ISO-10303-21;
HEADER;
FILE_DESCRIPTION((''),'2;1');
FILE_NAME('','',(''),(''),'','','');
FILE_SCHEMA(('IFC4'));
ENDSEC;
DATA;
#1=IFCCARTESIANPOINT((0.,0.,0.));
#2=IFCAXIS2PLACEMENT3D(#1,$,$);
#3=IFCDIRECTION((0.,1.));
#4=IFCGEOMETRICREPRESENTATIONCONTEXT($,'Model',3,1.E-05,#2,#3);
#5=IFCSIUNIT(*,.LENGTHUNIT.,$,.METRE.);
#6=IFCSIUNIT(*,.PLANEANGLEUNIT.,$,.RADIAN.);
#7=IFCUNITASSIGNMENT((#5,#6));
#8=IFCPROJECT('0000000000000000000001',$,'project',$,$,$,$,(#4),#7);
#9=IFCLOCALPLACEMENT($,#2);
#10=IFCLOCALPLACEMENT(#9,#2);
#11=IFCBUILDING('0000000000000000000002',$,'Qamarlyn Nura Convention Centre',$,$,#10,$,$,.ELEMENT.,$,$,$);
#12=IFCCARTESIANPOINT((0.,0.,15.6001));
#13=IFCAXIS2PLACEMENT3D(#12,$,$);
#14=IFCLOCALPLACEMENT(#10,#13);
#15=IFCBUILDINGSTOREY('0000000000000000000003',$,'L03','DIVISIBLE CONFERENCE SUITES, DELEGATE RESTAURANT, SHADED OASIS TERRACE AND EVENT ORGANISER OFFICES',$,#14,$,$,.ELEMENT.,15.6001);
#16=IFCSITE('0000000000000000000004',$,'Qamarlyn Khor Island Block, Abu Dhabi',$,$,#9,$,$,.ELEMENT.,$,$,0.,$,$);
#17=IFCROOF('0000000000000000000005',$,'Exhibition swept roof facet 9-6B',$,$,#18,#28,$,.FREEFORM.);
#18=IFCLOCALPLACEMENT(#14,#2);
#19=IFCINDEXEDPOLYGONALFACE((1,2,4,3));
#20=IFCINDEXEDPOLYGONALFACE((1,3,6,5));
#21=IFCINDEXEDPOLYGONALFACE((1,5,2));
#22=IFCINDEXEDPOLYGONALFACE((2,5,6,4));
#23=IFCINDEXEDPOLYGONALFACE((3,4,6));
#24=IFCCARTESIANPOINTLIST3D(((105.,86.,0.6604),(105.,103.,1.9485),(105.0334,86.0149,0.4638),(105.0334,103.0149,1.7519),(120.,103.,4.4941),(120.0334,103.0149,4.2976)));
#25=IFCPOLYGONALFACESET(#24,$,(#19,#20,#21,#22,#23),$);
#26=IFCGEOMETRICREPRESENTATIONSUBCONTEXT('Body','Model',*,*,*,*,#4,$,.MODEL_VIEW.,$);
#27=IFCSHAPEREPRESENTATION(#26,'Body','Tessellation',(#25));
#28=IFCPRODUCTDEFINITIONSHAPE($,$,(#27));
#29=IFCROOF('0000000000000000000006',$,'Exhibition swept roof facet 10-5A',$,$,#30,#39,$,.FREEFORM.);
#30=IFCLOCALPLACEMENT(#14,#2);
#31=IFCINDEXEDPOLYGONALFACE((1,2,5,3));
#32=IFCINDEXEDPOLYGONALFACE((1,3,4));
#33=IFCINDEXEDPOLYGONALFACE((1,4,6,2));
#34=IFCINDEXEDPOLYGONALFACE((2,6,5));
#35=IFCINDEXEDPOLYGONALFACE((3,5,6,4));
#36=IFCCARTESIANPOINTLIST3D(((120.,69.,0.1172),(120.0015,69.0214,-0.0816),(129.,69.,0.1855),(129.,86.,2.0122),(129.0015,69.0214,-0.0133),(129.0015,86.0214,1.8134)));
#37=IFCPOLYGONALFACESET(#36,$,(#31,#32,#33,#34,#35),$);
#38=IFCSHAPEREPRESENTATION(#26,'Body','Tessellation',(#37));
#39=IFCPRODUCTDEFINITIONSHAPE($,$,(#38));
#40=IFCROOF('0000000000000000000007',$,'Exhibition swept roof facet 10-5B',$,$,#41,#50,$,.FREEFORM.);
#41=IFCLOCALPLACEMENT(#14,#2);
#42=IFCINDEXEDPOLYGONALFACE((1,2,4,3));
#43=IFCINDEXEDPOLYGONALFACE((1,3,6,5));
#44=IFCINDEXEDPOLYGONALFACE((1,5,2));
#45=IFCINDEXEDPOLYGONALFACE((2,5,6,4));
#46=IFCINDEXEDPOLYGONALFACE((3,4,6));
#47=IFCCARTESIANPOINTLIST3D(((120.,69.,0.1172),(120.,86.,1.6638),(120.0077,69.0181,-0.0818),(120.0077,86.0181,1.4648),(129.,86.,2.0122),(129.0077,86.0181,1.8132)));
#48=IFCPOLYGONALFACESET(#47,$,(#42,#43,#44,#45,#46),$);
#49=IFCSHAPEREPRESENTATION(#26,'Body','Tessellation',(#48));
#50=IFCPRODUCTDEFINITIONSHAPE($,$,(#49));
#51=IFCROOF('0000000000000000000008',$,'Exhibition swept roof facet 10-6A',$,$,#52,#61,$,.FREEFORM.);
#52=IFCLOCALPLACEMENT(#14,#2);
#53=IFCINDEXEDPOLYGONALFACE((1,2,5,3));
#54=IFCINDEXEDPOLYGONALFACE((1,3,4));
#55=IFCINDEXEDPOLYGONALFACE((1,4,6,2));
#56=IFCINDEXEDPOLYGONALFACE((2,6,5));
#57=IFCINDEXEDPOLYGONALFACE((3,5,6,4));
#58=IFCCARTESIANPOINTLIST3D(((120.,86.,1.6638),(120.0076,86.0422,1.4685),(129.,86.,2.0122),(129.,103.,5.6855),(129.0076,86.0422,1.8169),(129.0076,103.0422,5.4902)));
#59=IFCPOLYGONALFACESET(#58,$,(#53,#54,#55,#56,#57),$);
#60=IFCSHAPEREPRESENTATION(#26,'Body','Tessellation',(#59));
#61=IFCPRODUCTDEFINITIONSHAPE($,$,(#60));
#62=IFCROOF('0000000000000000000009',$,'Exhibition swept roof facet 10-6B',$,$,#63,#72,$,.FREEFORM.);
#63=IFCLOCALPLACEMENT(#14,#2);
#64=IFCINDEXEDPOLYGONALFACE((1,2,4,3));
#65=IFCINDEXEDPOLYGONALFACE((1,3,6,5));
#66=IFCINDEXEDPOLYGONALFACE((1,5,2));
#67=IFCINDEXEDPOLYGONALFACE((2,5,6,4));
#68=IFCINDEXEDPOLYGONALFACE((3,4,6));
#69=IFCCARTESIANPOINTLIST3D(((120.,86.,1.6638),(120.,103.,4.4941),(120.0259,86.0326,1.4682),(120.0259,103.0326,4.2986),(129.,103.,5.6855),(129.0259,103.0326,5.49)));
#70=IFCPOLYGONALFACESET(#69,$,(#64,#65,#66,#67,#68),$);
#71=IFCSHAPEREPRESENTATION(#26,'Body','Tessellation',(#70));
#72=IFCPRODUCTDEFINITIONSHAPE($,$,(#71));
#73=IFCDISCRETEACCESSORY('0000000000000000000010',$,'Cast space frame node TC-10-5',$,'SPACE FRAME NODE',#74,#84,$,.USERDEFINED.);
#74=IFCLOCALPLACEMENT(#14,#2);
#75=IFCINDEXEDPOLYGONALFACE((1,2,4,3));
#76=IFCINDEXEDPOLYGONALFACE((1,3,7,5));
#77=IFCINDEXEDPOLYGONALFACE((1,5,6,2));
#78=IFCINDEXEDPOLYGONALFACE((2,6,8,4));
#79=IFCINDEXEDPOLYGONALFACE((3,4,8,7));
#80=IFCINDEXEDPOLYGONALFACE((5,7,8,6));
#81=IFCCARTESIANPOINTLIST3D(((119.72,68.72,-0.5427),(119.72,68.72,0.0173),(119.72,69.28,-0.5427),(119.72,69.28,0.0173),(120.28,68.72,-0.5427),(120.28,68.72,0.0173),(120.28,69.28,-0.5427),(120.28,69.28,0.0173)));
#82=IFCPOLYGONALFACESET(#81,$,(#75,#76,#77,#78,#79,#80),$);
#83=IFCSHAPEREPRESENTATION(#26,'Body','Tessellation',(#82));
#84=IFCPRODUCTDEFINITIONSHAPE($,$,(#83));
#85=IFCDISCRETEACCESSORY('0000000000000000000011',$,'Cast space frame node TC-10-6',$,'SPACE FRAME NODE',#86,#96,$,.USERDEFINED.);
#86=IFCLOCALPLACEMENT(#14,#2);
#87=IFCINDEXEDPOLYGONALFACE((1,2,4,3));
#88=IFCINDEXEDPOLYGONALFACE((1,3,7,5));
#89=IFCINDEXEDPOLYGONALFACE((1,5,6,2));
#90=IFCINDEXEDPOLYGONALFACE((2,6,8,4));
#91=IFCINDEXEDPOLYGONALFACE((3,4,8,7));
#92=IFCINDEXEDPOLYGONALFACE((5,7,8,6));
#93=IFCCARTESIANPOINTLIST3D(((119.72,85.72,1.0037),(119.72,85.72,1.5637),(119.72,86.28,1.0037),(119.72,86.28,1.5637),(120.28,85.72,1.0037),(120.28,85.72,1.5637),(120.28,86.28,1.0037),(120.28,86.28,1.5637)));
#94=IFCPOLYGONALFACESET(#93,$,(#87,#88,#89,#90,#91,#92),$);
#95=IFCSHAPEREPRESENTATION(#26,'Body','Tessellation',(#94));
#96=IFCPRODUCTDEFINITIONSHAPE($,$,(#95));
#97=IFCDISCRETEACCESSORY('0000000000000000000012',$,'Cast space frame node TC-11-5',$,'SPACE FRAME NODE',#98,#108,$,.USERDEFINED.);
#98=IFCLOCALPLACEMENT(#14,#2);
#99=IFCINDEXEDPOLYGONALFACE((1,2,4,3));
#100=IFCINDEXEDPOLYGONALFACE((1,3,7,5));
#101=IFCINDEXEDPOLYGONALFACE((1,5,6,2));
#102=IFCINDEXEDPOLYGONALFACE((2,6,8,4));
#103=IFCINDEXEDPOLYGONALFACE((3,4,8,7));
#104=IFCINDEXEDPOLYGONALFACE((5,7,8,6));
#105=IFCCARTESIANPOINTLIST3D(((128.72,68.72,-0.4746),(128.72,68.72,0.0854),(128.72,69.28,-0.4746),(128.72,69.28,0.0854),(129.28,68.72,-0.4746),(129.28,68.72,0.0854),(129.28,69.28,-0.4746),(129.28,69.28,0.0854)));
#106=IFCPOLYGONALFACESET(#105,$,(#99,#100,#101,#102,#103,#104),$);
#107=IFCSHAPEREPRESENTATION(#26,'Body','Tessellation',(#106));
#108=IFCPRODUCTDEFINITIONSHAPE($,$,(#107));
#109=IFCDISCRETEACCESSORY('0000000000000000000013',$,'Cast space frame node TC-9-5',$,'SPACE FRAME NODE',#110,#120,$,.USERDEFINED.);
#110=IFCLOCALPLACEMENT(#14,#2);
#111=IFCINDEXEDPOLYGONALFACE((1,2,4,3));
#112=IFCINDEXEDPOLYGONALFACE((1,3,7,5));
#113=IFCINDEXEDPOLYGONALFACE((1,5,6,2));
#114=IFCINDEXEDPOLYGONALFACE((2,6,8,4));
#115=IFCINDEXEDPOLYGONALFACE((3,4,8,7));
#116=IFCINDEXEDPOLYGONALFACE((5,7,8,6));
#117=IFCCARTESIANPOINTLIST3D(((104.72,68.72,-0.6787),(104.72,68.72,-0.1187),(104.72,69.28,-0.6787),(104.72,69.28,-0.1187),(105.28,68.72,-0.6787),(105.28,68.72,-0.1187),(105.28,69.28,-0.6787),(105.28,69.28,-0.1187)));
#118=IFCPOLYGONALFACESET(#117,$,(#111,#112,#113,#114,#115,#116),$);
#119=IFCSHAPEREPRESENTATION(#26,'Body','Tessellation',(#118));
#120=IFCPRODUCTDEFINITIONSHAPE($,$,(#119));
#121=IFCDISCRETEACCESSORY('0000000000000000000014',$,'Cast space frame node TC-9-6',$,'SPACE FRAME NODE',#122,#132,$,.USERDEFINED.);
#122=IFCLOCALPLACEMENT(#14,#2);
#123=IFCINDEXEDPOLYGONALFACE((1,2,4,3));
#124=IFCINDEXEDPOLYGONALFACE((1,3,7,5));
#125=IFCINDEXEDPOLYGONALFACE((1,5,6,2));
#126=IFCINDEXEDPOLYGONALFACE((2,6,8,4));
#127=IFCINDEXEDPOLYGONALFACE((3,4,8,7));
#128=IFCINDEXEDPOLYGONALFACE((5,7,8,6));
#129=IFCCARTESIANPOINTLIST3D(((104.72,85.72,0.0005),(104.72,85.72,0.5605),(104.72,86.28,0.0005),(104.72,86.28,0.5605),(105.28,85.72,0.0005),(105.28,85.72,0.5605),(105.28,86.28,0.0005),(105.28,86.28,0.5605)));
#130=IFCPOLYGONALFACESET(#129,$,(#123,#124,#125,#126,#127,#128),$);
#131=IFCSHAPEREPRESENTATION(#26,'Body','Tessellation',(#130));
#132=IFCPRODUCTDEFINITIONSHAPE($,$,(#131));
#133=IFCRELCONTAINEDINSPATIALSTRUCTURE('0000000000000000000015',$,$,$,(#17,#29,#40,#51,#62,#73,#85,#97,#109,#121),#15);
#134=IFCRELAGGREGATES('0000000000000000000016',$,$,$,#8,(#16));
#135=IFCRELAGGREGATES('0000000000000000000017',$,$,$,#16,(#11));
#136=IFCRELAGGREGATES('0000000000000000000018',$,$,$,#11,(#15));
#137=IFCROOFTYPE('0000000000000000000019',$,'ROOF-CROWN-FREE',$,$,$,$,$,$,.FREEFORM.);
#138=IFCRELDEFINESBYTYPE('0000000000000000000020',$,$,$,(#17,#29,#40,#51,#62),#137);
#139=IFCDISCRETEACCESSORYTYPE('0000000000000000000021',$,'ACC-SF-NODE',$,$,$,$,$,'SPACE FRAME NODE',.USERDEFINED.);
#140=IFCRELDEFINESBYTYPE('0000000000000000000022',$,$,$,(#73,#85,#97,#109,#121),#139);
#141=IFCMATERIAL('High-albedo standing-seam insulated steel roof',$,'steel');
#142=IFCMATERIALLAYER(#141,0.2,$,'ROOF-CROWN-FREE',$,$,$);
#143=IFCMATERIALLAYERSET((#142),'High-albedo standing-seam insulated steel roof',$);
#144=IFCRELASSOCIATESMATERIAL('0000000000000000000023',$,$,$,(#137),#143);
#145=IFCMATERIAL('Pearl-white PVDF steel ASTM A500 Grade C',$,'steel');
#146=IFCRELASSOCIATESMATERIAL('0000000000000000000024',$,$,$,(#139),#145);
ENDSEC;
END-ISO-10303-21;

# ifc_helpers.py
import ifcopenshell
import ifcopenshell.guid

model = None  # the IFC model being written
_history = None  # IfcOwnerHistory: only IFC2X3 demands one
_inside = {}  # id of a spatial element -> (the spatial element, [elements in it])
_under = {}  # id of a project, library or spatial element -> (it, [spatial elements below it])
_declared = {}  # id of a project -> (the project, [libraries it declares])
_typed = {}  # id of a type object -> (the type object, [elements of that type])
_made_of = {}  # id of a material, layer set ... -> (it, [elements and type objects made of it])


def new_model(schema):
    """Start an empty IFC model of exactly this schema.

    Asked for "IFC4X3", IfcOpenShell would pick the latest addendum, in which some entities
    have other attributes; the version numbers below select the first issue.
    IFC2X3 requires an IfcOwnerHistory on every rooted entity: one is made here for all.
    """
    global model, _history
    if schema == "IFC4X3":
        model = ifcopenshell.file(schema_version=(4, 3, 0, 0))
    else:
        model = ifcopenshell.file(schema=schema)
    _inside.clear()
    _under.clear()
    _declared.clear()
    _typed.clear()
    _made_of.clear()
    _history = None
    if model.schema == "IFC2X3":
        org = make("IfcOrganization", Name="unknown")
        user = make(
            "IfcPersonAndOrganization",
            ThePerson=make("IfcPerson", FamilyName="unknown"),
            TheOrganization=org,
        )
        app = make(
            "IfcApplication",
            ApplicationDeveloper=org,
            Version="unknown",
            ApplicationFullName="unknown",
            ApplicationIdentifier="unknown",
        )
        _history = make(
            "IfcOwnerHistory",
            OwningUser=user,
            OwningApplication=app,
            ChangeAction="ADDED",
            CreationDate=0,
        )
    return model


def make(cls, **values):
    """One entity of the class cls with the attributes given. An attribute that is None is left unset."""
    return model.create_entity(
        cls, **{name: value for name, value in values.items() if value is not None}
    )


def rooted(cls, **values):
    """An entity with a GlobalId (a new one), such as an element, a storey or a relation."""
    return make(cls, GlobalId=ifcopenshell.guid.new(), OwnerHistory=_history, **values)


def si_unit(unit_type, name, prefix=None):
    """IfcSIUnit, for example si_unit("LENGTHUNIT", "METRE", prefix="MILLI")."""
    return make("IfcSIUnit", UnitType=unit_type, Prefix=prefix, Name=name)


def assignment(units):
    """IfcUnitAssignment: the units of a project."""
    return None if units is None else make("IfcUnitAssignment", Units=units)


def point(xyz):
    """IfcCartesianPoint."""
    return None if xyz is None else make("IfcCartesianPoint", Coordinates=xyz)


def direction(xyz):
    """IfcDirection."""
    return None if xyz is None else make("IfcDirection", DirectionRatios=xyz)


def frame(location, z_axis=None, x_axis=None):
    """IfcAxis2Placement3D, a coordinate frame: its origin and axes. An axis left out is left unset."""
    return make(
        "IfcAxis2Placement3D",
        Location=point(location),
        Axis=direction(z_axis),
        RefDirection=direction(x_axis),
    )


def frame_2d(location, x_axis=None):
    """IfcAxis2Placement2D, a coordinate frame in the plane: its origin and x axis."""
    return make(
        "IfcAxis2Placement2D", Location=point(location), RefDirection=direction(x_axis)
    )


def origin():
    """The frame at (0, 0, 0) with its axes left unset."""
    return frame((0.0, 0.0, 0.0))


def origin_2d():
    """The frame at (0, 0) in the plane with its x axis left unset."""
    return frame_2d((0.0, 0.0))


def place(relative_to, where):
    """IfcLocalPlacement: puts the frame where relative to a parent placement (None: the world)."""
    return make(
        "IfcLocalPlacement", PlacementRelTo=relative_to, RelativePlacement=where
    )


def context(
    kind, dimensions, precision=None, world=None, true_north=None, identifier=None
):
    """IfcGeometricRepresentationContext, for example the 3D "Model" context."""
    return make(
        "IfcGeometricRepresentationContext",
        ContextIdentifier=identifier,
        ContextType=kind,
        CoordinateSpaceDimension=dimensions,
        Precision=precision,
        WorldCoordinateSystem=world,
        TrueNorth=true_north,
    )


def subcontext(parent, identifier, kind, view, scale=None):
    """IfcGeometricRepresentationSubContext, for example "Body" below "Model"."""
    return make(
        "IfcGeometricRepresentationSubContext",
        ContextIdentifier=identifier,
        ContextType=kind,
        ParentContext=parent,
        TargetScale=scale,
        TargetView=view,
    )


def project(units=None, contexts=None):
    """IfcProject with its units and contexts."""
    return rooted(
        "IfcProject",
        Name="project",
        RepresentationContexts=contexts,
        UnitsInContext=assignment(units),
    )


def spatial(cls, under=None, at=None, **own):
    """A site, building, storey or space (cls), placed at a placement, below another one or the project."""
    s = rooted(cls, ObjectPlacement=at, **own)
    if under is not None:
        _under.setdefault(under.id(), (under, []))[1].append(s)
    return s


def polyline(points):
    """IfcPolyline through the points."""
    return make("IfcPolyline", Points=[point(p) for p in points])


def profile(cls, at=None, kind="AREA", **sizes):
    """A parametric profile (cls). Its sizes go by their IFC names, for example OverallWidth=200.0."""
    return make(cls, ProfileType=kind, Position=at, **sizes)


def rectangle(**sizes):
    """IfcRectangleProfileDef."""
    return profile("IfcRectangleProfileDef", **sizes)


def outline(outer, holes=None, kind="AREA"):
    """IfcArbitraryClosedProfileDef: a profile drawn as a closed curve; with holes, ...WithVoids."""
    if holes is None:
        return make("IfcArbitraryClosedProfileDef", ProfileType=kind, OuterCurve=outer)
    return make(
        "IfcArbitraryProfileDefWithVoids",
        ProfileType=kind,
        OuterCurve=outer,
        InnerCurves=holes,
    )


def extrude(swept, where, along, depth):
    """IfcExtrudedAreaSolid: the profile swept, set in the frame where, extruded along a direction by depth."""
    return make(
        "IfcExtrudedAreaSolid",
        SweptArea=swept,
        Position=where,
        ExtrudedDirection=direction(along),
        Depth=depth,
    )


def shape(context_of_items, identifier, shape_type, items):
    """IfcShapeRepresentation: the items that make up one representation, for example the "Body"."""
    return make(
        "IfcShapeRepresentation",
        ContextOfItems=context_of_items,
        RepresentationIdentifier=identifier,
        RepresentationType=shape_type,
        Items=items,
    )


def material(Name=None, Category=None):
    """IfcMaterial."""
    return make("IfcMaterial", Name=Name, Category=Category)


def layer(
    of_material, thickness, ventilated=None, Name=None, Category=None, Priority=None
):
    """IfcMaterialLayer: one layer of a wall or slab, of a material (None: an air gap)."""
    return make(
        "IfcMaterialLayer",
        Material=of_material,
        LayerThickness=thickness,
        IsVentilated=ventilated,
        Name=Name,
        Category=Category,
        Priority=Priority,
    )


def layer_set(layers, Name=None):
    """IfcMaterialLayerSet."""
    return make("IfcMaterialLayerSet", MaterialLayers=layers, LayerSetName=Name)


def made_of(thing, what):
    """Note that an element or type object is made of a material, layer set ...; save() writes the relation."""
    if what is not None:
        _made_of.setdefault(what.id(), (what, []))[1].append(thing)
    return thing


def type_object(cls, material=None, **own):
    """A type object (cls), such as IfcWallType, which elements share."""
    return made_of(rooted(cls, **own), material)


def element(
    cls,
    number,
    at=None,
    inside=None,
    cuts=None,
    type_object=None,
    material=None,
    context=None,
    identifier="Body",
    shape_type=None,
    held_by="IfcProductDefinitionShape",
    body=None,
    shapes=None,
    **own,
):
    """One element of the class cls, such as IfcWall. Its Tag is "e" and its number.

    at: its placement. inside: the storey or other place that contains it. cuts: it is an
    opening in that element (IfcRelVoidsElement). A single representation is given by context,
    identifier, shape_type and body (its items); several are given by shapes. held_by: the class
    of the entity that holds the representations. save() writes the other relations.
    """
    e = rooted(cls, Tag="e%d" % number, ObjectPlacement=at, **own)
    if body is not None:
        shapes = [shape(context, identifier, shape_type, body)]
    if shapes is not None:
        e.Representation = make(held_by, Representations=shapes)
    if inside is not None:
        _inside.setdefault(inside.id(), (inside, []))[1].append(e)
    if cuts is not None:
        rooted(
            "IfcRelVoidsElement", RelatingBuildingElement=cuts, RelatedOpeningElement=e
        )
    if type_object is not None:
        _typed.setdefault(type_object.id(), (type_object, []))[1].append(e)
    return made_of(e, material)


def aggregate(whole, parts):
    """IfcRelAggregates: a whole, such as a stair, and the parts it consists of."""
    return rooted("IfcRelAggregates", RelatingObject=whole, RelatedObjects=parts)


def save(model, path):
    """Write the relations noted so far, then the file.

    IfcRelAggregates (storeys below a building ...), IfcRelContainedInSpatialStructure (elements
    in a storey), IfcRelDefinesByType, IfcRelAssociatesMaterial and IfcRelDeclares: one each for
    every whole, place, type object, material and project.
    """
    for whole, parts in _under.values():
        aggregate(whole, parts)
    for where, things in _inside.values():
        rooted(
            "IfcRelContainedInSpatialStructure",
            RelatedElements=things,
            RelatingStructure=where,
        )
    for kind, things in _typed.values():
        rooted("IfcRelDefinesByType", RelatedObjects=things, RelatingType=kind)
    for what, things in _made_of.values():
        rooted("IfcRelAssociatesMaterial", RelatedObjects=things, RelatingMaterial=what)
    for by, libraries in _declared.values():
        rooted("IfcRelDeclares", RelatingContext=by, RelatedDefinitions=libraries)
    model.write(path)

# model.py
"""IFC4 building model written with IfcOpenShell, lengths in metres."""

from ifc_helpers import new_model, si_unit, direction, frame, origin, origin_2d, place, context, subcontext, project, spatial, polyline, rectangle, outline, extrude, material, layer, layer_set, type_object, element, save


model = new_model("IFC4")

# Units and contexts
model_context = context("Model", 3, precision=1e-05, world=origin(), true_north=direction((0.0, 1.0)))
body_context = subcontext(model_context, "Body", "Model", "MODEL_VIEW")
ifc_project = project(units=[si_unit("LENGTHUNIT", "METRE"), si_unit("PLANEANGLEUNIT", "RADIAN")], contexts=[model_context])

# Site, building, storey
site_placement = place(None, origin())
site = spatial("IfcSite", under=ifc_project, at=site_placement, Name="Qamarlyn Khor Island Block, Abu Dhabi", CompositionType="ELEMENT", RefElevation=0.0)
building_placement = place(site_placement, origin())
building = spatial("IfcBuilding", under=site, at=building_placement, Name="Qamarlyn Nura Convention Centre", CompositionType="ELEMENT")
storey_placement = place(building_placement, frame((0.0, 0.0, 15.6001)))
storey = spatial("IfcBuildingStorey", under=building, at=storey_placement, Name="L03", Description="DIVISIBLE CONFERENCE SUITES, DELEGATE RESTAURANT, SHADED OASIS TERRACE AND EVENT ORGANISER OFFICES", CompositionType="ELEMENT", Elevation=15.6001)

# Shared definitions
ifc_material_1 = material(Name="Pearl-white PVDF steel ASTM A500 Grade C", Category="steel")

# Roofs
ifc_material_2 = material(Name="High-albedo standing-seam insulated steel roof", Category="steel")
ifc_layer = layer(ifc_material_2, 0.2, Name="ROOF-CROWN-FREE")
ifc_layer_set = layer_set([ifc_layer], Name="High-albedo standing-seam insulated steel roof")
roof_type = type_object("IfcRoofType", Name="ROOF-CROWN-FREE", PredefinedType="FREEFORM", material=ifc_layer_set)
roof_1_placement = place(storey_placement, frame((105.0, 86.0, 0.6604), z_axis=(-0.166853, -0.074494, 0.983164), x_axis=(0.65236, 0.739342, 0.166732)))
element("IfcRoof", 1, at=roof_1_placement, inside=storey, type_object=roof_type, Name="Exhibition swept roof facet 9-6B", PredefinedType="FREEFORM", context=body_context, shape_type="SweptSolid", body=[
    extrude(outline(polyline([(0.0, 0.0), (22.9934, 0.0), (12.7836, 11.28), (0.0, 0.0)])), origin(), (0.0, 0.0, -1.0), 0.2),
])
roof_2_placement = place(storey_placement, frame((120.0, 69.0, 0.1172), z_axis=(-0.007552, -0.106833, 0.994248), x_axis=(0.999971, 0.0, 0.007595)))
element("IfcRoof", 2, at=roof_2_placement, inside=storey, type_object=roof_type, Name="Exhibition swept roof facet 10-5A", PredefinedType="FREEFORM", context=body_context, shape_type="SweptSolid", body=[
    extrude(outline(polyline([(0.0, 0.0), (9.0003, 0.0), (9.0141, 17.0979), (0.0, 0.0)])), origin(), (0.0, 0.0, -1.0), 0.2),
])
roof_3_placement = place(storey_placement, frame((120.0, 69.0, 0.1172), z_axis=(-0.038522, -0.090537, 0.995148), x_axis=(0.465634, 0.87953, 0.098043)))
element("IfcRoof", 3, at=roof_3_placement, inside=storey, type_object=roof_type, Name="Exhibition swept roof facet 10-5B", PredefinedType="FREEFORM", context=body_context, shape_type="SweptSolid", body=[
    extrude(outline(polyline([(0.0, 0.0), (19.3285, 0.0), (15.1036, 7.9544), (0.0, 0.0)])), origin(), (0.0, 0.0, -1.0), 0.2),
])
roof_4_placement = place(storey_placement, frame((120.0, 86.0, 1.6638), z_axis=(-0.03781, -0.211053, 0.976743), x_axis=(0.999252, 0.0, 0.038681)))
element("IfcRoof", 4, at=roof_4_placement, inside=storey, type_object=roof_type, Name="Exhibition swept roof facet 10-6A", PredefinedType="FREEFORM", context=body_context, shape_type="SweptSolid", body=[
    extrude(outline(polyline([(0.0, 0.0), (9.0067, 0.0), (9.1488, 17.3918), (0.0, 0.0)])), origin(), (0.0, 0.0, -1.0), 0.2),
])
roof_5_placement = place(storey_placement, frame((120.0, 86.0, 1.6638), z_axis=(-0.129482, -0.162846, 0.978118), x_axis=(0.457985, 0.865082, 0.204654)))
element("IfcRoof", 5, at=roof_5_placement, inside=storey, type_object=roof_type, Name="Exhibition swept roof facet 10-6B", PredefinedType="FREEFORM", context=body_context, shape_type="SweptSolid", body=[
    extrude(outline(polyline([(0.0, 0.0), (19.6513, 0.0), (15.2856, 7.9599), (0.0, 0.0)])), origin(), (0.0, 0.0, -1.0), 0.2),
])

# Discrete accessories
discrete_accessory_type = type_object("IfcDiscreteAccessoryType", Name="ACC-SF-NODE", ElementType="SPACE FRAME NODE", PredefinedType="USERDEFINED", material=ifc_material_1)
for number, where, z_axis, x_axis, name in (
    (6, (120.0, 69.0, -0.5427), (0.0, 0.0, 1.0), (1.0, 0.0, 0.0), "Cast space frame node TC-10-5"),
    (7, (120.0, 86.0, 1.0037), (0.0, 0.0, 1.0), (1.0, 0.0, 0.0), "Cast space frame node TC-10-6"),
    (8, (129.0, 69.0, -0.4746), (0.0, 0.0, 1.0), (1.0, 0.0, 0.0), "Cast space frame node TC-11-5"),
    (9, (105.0, 69.0, -0.6787), (0.0, 0.0, 1.0), (1.0, 0.0, 0.0), "Cast space frame node TC-9-5"),
    (10, (105.0, 86.0, 0.0005), (0.0, 0.0, 1.0), (1.0, 0.0, 0.0), "Cast space frame node TC-9-6"),
):
    element("IfcDiscreteAccessory", number, at=place(storey_placement, frame(where, z_axis=z_axis, x_axis=x_axis)), inside=storey, type_object=discrete_accessory_type, Name=name, ObjectType="SPACE FRAME NODE", PredefinedType="USERDEFINED", context=body_context, shape_type="SweptSolid", body=[
        extrude(rectangle(XDim=0.5601, YDim=0.5601, at=origin_2d()), origin(), (0.0, 0.0, 1.0), 0.5601),
    ])

save(model, "model.ifc")
